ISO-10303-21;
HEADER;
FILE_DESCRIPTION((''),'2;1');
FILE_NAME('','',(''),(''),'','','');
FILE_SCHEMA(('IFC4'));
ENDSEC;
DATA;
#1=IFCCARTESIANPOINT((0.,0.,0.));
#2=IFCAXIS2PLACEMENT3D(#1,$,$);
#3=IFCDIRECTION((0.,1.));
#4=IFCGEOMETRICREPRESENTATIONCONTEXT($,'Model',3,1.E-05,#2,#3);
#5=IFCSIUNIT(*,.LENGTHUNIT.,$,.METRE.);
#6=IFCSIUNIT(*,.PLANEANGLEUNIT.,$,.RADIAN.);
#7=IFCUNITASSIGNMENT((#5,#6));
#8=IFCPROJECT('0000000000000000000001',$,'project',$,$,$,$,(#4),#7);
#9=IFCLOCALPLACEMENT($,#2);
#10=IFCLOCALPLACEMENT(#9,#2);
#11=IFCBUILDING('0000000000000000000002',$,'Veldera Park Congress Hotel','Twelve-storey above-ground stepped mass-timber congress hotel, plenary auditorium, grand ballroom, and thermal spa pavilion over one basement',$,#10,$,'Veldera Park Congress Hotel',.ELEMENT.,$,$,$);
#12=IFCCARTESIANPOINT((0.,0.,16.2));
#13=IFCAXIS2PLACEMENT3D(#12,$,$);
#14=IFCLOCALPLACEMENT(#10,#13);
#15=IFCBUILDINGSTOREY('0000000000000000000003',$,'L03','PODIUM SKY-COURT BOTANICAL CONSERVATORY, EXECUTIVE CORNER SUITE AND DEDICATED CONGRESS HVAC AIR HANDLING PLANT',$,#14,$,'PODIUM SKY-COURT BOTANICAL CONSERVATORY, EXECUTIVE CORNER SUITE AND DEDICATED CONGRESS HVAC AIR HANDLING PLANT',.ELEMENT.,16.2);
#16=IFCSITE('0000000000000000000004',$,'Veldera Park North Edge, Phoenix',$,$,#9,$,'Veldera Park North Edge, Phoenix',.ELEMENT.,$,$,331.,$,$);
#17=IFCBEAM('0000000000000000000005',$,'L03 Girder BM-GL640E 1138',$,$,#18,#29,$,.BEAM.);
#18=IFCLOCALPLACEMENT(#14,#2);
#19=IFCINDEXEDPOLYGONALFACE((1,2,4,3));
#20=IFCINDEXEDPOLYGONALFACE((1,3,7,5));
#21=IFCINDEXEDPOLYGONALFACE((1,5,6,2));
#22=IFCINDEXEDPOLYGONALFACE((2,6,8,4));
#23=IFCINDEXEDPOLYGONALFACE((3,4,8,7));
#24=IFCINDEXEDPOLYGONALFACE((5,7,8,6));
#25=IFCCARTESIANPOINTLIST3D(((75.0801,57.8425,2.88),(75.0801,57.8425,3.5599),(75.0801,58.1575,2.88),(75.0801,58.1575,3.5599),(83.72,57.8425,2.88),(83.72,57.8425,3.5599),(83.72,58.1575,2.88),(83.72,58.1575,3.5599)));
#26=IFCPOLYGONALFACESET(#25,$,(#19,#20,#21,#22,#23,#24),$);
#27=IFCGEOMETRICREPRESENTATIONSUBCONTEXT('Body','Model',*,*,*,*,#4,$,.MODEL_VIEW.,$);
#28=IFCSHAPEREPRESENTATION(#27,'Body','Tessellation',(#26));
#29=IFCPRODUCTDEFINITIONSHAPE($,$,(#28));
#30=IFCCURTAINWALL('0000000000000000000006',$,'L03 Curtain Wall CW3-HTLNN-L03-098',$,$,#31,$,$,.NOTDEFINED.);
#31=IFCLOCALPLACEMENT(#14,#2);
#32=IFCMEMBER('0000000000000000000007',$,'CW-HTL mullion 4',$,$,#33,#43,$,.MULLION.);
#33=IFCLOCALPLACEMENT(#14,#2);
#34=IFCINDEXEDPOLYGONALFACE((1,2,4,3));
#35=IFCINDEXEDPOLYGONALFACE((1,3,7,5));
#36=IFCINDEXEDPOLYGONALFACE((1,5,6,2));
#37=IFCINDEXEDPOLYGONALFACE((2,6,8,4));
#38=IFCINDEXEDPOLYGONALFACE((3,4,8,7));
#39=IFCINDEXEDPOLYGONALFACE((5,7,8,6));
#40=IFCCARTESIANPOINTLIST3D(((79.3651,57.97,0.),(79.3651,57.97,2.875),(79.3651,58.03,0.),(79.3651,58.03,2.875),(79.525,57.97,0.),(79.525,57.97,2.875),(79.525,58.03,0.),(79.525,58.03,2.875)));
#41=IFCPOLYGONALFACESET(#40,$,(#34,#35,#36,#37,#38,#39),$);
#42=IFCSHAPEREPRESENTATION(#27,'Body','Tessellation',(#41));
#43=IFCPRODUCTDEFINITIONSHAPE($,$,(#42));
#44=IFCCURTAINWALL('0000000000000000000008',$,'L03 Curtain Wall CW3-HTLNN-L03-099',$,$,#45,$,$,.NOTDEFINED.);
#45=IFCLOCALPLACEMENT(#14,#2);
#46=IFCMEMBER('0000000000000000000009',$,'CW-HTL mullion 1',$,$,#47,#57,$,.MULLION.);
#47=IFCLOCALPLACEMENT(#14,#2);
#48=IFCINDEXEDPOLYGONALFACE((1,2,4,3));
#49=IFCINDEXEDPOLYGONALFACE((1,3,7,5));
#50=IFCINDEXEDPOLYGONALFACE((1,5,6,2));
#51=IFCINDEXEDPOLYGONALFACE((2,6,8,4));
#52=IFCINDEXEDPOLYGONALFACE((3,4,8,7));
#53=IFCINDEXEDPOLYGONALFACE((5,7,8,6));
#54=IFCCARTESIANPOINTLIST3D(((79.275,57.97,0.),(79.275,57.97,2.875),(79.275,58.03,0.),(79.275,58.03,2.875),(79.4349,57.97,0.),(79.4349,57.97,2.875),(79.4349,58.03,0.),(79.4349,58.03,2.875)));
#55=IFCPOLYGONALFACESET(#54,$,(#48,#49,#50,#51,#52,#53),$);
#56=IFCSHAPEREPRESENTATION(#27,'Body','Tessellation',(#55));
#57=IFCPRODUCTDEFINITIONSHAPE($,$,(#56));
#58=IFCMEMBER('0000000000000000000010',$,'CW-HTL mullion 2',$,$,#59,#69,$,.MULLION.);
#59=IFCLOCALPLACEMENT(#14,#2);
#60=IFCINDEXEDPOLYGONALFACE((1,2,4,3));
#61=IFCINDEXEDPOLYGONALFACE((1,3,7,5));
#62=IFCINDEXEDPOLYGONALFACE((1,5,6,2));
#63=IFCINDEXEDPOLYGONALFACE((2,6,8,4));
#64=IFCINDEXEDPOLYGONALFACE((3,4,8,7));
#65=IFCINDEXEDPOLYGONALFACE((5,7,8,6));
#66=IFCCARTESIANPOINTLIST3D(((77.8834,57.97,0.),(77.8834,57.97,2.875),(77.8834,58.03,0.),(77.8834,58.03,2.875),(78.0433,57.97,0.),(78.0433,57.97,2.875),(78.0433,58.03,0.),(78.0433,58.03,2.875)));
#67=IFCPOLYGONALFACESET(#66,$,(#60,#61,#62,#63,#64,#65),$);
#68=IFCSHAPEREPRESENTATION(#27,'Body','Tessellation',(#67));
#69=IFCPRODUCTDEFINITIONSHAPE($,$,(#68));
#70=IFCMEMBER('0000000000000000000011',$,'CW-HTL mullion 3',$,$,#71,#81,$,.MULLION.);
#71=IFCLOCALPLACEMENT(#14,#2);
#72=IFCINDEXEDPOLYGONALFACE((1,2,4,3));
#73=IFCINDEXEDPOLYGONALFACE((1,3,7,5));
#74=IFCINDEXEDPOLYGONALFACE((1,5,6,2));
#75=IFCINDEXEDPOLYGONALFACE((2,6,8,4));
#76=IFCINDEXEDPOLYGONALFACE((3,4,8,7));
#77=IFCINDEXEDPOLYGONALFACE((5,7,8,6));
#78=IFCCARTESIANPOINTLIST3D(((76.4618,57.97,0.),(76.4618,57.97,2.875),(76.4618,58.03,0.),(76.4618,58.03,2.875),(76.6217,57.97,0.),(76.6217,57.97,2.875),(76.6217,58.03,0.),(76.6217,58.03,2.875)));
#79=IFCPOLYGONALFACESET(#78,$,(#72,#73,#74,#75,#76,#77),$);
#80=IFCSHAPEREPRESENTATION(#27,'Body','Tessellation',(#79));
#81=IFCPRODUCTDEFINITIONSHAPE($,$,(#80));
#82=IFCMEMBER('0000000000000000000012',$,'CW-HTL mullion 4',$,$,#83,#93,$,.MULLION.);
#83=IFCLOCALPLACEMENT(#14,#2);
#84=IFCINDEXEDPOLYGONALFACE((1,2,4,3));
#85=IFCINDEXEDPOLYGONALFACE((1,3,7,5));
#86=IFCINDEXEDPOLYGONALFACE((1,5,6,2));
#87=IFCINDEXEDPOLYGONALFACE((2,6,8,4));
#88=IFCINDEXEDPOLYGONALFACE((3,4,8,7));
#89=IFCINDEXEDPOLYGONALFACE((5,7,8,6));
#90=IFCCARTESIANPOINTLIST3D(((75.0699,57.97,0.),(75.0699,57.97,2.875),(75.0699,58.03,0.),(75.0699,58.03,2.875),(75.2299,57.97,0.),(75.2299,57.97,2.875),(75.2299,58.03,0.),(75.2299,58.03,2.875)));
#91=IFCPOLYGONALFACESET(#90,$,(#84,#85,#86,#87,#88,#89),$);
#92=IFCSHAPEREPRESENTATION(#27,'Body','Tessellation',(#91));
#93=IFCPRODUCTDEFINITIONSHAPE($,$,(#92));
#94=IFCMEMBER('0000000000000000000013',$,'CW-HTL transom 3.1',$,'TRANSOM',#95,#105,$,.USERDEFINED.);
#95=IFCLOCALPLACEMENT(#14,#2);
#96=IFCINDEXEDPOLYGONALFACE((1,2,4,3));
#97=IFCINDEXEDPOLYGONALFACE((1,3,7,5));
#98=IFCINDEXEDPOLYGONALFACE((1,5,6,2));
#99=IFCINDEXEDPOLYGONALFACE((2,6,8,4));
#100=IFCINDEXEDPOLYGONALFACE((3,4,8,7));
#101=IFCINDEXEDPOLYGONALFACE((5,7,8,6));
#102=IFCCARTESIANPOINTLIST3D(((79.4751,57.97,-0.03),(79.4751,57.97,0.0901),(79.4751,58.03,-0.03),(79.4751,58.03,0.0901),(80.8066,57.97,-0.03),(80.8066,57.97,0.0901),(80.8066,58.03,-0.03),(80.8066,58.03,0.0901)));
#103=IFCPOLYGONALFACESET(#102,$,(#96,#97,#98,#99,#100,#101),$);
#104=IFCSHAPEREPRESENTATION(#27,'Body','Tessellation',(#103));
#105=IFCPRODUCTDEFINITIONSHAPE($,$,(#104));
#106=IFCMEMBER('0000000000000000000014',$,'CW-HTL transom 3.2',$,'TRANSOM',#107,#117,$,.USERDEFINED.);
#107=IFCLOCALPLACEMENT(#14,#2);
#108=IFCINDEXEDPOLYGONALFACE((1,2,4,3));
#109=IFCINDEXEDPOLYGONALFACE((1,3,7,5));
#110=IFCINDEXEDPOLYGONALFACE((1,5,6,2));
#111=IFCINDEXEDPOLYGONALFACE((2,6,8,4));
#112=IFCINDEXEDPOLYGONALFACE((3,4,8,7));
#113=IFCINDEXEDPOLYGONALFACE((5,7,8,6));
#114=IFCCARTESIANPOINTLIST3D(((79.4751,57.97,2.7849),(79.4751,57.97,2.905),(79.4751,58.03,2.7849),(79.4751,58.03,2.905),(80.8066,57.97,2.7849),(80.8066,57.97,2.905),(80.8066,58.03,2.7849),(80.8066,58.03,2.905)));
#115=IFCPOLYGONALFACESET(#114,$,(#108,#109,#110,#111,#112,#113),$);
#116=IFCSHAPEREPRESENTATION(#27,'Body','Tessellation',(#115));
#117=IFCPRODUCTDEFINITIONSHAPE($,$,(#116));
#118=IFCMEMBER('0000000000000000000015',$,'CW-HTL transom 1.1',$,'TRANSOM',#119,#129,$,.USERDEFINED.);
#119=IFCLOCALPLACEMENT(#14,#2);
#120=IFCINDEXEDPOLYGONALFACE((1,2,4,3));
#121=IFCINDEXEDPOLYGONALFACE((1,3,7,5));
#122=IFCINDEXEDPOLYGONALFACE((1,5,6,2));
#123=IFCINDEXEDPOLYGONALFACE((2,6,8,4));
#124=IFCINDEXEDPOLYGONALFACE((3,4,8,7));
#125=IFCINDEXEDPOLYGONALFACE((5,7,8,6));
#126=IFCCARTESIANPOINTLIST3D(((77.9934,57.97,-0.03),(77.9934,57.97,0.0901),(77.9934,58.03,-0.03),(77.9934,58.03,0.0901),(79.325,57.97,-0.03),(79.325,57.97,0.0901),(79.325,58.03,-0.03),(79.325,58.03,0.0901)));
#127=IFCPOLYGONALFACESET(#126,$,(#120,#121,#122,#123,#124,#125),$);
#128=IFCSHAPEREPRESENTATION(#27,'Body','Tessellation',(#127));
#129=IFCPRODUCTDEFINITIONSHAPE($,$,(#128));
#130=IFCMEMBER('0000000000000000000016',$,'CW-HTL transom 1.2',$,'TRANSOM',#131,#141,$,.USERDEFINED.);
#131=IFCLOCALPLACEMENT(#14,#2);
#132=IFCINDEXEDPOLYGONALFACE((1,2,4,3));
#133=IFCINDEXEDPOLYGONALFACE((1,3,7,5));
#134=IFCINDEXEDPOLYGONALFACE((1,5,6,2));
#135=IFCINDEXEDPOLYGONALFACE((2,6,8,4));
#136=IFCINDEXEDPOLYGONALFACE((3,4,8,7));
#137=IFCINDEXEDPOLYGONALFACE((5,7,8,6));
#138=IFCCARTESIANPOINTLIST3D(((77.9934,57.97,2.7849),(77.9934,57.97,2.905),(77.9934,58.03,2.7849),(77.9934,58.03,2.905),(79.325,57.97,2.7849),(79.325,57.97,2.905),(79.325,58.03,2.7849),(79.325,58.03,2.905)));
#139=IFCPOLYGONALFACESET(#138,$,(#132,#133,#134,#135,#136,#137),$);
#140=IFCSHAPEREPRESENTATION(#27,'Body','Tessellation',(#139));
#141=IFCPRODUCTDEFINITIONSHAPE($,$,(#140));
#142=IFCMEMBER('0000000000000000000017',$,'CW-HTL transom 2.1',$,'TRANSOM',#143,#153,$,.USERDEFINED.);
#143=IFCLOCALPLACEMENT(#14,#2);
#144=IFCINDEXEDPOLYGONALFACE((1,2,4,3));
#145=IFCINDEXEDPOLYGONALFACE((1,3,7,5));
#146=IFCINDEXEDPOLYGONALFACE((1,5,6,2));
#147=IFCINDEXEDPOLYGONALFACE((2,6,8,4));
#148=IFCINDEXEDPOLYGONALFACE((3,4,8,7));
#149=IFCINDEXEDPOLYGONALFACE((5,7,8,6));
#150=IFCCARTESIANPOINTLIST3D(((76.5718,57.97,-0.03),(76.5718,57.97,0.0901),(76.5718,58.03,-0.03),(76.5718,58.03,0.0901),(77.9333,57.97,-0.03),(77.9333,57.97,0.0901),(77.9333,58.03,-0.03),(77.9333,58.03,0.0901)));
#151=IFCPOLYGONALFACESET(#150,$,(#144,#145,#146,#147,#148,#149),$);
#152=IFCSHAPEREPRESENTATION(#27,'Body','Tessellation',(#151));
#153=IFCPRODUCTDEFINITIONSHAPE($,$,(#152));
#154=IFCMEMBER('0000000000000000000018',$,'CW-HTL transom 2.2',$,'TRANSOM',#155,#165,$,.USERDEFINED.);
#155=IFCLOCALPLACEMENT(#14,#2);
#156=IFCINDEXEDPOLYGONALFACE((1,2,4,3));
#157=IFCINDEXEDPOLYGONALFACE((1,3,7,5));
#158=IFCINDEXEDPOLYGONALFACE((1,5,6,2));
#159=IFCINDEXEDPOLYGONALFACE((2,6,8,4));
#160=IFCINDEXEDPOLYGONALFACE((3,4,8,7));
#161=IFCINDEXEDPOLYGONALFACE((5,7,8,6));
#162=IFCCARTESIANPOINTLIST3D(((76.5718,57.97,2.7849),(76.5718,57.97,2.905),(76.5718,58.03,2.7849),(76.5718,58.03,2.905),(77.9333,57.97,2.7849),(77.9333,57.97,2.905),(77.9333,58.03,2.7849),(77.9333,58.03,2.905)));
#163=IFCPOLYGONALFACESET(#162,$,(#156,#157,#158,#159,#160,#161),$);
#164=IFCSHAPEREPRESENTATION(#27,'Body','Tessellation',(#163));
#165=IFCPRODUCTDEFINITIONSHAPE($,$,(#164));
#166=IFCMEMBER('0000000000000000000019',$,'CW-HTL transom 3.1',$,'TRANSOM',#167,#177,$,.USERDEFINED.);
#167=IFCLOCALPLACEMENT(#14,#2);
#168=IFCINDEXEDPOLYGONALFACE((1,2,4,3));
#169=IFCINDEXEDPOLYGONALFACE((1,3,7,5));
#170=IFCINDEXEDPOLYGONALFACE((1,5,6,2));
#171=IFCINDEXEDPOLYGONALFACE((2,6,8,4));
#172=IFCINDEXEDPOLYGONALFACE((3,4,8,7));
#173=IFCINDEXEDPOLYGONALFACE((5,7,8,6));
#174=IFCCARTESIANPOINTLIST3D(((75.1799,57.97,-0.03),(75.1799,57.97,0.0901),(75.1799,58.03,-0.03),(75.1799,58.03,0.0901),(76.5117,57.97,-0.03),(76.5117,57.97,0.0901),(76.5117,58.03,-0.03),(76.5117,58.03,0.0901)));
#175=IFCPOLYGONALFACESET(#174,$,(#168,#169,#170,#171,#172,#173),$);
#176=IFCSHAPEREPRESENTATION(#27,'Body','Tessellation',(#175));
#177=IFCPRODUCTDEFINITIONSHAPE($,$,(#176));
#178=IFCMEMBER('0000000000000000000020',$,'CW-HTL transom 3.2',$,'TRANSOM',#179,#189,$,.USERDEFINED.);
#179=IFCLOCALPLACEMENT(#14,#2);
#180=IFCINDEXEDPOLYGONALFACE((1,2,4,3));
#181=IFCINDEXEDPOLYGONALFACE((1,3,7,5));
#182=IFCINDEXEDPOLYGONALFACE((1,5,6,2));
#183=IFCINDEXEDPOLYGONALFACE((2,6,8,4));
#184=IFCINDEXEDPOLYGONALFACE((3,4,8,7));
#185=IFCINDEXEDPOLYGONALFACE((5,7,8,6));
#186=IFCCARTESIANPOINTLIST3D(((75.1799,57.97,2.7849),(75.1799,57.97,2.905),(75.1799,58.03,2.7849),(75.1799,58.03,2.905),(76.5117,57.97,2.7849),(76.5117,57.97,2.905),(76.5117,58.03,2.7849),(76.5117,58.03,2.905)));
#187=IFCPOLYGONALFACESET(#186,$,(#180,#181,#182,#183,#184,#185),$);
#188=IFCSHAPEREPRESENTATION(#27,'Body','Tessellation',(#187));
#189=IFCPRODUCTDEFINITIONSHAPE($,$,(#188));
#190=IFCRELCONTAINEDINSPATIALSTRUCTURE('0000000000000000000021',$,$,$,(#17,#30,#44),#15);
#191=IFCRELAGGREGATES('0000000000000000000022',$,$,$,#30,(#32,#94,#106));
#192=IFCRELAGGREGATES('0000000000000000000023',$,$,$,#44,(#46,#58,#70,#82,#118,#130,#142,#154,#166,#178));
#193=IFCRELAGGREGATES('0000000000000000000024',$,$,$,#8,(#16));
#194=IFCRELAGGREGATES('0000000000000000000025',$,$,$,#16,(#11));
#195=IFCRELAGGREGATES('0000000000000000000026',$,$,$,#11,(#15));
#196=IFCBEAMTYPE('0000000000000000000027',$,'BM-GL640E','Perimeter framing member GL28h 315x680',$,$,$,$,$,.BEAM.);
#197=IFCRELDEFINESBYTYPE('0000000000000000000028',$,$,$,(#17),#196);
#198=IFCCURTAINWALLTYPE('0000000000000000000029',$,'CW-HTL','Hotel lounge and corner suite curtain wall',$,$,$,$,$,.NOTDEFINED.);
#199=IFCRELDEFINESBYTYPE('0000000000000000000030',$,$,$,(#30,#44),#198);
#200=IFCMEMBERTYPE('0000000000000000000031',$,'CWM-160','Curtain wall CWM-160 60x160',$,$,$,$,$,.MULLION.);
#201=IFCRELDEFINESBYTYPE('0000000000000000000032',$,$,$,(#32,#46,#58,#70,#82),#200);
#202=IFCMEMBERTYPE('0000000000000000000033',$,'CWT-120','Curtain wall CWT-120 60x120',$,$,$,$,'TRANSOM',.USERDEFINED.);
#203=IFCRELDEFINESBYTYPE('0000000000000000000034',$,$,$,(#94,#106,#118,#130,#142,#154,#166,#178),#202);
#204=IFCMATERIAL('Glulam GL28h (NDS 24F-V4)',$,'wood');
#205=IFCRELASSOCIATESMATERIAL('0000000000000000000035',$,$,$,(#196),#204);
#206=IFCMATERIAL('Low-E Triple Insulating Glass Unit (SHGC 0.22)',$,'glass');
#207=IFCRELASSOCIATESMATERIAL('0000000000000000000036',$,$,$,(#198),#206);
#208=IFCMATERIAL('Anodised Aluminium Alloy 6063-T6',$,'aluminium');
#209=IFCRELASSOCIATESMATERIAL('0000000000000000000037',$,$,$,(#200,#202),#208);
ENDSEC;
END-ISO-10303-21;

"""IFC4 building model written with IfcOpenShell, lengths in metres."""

from ifc_helpers import new_model, si_unit, direction, frame, origin, origin_2d, place, context, subcontext, project, spatial, rectangle, extrude, material, material_profile, profile_set, type_object, element, aggregate, save


model = new_model("IFC4")

# Units and contexts
model_context = context("Model", 3, precision=1e-05, world=origin(), true_north=direction((0.0, 1.0)))
body_context = subcontext(model_context, "Body", "Model", "MODEL_VIEW")
ifc_project = project(units=[si_unit("LENGTHUNIT", "METRE"), si_unit("PLANEANGLEUNIT", "RADIAN")], contexts=[model_context])

# Site, building, storey
site_placement = place(None, origin())
site = spatial("IfcSite", under=ifc_project, at=site_placement, Name="Veldera Park North Edge, Phoenix", LongName="Veldera Park North Edge, Phoenix", CompositionType="ELEMENT", RefElevation=331.0)
building_placement = place(site_placement, origin())
building = spatial("IfcBuilding", under=site, at=building_placement, Name="Veldera Park Congress Hotel", Description="Twelve-storey above-ground stepped mass-timber congress hotel, plenary auditorium, grand ballroom, and thermal spa pavilion over one basement", LongName="Veldera Park Congress Hotel", CompositionType="ELEMENT")
storey_placement = place(building_placement, frame((0.0, 0.0, 16.2)))
storey = spatial("IfcBuildingStorey", under=building, at=storey_placement, Name="L03", Description="PODIUM SKY-COURT BOTANICAL CONSERVATORY, EXECUTIVE CORNER SUITE AND DEDICATED CONGRESS HVAC AIR HANDLING PLANT", LongName="PODIUM SKY-COURT BOTANICAL CONSERVATORY, EXECUTIVE CORNER SUITE AND DEDICATED CONGRESS HVAC AIR HANDLING PLANT", CompositionType="ELEMENT", Elevation=16.2)

# Beam
ifc_material_1 = material(Name="Glulam GL28h (NDS 24F-V4)", Category="wood")
ifc_material_profile_1 = material_profile(ifc_material_1, rectangle(XDim=0.3149, YDim=0.6799, at=origin_2d()), Name="GL28h 315x680")
ifc_profile_set_1 = profile_set([ifc_material_profile_1], Name="Glulam GL28h (NDS 24F-V4)")
beam_type = type_object("IfcBeamType", Name="BM-GL640E", Description="Perimeter framing member GL28h 315x680", PredefinedType="BEAM", material=ifc_profile_set_1)
beam_placement = place(storey_placement, frame((75.0801, 58.0, 3.22), z_axis=(1.0, 0.0, 0.0), x_axis=(0.0, 1.0, 0.0)))
element("IfcBeam", 1, at=beam_placement, inside=storey, type_object=beam_type, Name="L03 Girder BM-GL640E 1138", PredefinedType="BEAM", context=body_context, shape_type="SweptSolid", body=[
    extrude(rectangle(XDim=0.3149, YDim=0.6799, at=origin_2d()), origin(), (0.0, 0.0, 1.0), 8.6399),
])

# Curtain wall, member
ifc_material_2 = material(Name="Low-E Triple Insulating Glass Unit (SHGC 0.22)", Category="glass")
curtain_wall_type = type_object("IfcCurtainWallType", Name="CW-HTL", Description="Hotel lounge and corner suite curtain wall", PredefinedType="NOTDEFINED", material=ifc_material_2)
curtain_wall_1_placement = place(storey_placement, origin())
curtain_wall_1 = element("IfcCurtainWall", 2, at=curtain_wall_1_placement, inside=storey, type_object=curtain_wall_type, Name="L03 Curtain Wall CW3-HTLNN-L03-098", PredefinedType="NOTDEFINED")
ifc_material_3 = material(Name="Anodised Aluminium Alloy 6063-T6", Category="aluminium")
ifc_material_profile_2 = material_profile(ifc_material_3, rectangle(XDim=0.0601, YDim=0.1599, at=origin_2d()), Name="ALU 60x160")
ifc_profile_set_2 = profile_set([ifc_material_profile_2], Name="Anodised Aluminium Alloy 6063-T6")
member_type_1 = type_object("IfcMemberType", Name="CWM-160", Description="Curtain wall CWM-160 60x160", PredefinedType="MULLION", material=ifc_profile_set_2)
member_1_placement = place(storey_placement, frame((79.4451, 58.0, 0.0), z_axis=(0.0, 0.0, 1.0), x_axis=(0.0, -1.0, 0.0)))
member_1 = element("IfcMember", 3, at=member_1_placement, type_object=member_type_1, Name="CW-HTL mullion 4", PredefinedType="MULLION", context=body_context, shape_type="SweptSolid", body=[
    extrude(rectangle(XDim=0.0601, YDim=0.1599, at=origin_2d()), origin(), (0.0, 0.0, 1.0), 2.875),
])

# Curtain wall, members
curtain_wall_2_placement = place(storey_placement, origin())
curtain_wall_2 = element("IfcCurtainWall", 4, at=curtain_wall_2_placement, inside=storey, type_object=curtain_wall_type, Name="L03 Curtain Wall CW3-HTLNN-L03-099", PredefinedType="NOTDEFINED")
member_2_placement = place(storey_placement, frame((79.355, 58.0, 0.0), z_axis=(0.0, 0.0, 1.0), x_axis=(0.0, -1.0, 0.0)))
member_2 = element("IfcMember", 5, at=member_2_placement, type_object=member_type_1, Name="CW-HTL mullion 1", PredefinedType="MULLION", context=body_context, shape_type="SweptSolid", body=[
    extrude(rectangle(XDim=0.0601, YDim=0.1599, at=origin_2d()), origin(), (0.0, 0.0, 1.0), 2.875),
])
member_3_placement = place(storey_placement, frame((77.9634, 58.0, 0.0), z_axis=(0.0, 0.0, 1.0), x_axis=(0.0, -1.0, 0.0)))
member_3 = element("IfcMember", 6, at=member_3_placement, type_object=member_type_1, Name="CW-HTL mullion 2", PredefinedType="MULLION", context=body_context, shape_type="SweptSolid", body=[
    extrude(rectangle(XDim=0.0601, YDim=0.1599, at=origin_2d()), origin(), (0.0, 0.0, 1.0), 2.875),
])
member_4_placement = place(storey_placement, frame((76.5417, 58.0, 0.0), z_axis=(0.0, 0.0, 1.0), x_axis=(0.0, -1.0, 0.0)))
member_4 = element("IfcMember", 7, at=member_4_placement, type_object=member_type_1, Name="CW-HTL mullion 3", PredefinedType="MULLION", context=body_context, shape_type="SweptSolid", body=[
    extrude(rectangle(XDim=0.0601, YDim=0.1599, at=origin_2d()), origin(), (0.0, 0.0, 1.0), 2.875),
])
member_5_placement = place(storey_placement, frame((75.1499, 58.0, 0.0), z_axis=(0.0, 0.0, 1.0), x_axis=(0.0, -1.0, 0.0)))
member_5 = element("IfcMember", 8, at=member_5_placement, type_object=member_type_1, Name="CW-HTL mullion 4", PredefinedType="MULLION", context=body_context, shape_type="SweptSolid", body=[
    extrude(rectangle(XDim=0.0601, YDim=0.1599, at=origin_2d()), origin(), (0.0, 0.0, 1.0), 2.875),
])

# Members
ifc_material_profile_3 = material_profile(ifc_material_3, rectangle(XDim=0.0601, YDim=0.1201, at=origin_2d()), Name="ALU 60x120")
ifc_profile_set_3 = profile_set([ifc_material_profile_3], Name="Anodised Aluminium Alloy 6063-T6")
member_type_2 = type_object("IfcMemberType", Name="CWT-120", Description="Curtain wall CWT-120 60x120", ElementType="TRANSOM", PredefinedType="USERDEFINED", material=ifc_profile_set_3)
member_6_placement = place(storey_placement, frame((80.8066, 58.0, 0.03), z_axis=(-1.0, 0.0, 0.0), x_axis=(0.0, -1.0, 0.0)))
member_6 = element("IfcMember", 9, at=member_6_placement, type_object=member_type_2, Name="CW-HTL transom 3.1", ObjectType="TRANSOM", PredefinedType="USERDEFINED", context=body_context, shape_type="SweptSolid", body=[
    extrude(rectangle(XDim=0.0601, YDim=0.1201, at=origin_2d()), origin(), (0.0, 0.0, 1.0), 1.3315),
])
member_7_placement = place(storey_placement, frame((80.8066, 58.0, 2.845), z_axis=(-1.0, 0.0, 0.0), x_axis=(0.0, -1.0, 0.0)))
member_7 = element("IfcMember", 10, at=member_7_placement, type_object=member_type_2, Name="CW-HTL transom 3.2", ObjectType="TRANSOM", PredefinedType="USERDEFINED", context=body_context, shape_type="SweptSolid", body=[
    extrude(rectangle(XDim=0.0601, YDim=0.1201, at=origin_2d()), origin(), (0.0, 0.0, 1.0), 1.3315),
])
member_8_placement = place(storey_placement, frame((79.325, 58.0, 0.03), z_axis=(-1.0, 0.0, 0.0), x_axis=(0.0, -1.0, 0.0)))
member_8 = element("IfcMember", 11, at=member_8_placement, type_object=member_type_2, Name="CW-HTL transom 1.1", ObjectType="TRANSOM", PredefinedType="USERDEFINED", context=body_context, shape_type="SweptSolid", body=[
    extrude(rectangle(XDim=0.0601, YDim=0.1201, at=origin_2d()), origin(), (0.0, 0.0, 1.0), 1.3315),
])
member_9_placement = place(storey_placement, frame((79.325, 58.0, 2.845), z_axis=(-1.0, 0.0, 0.0), x_axis=(0.0, -1.0, 0.0)))
member_9 = element("IfcMember", 12, at=member_9_placement, type_object=member_type_2, Name="CW-HTL transom 1.2", ObjectType="TRANSOM", PredefinedType="USERDEFINED", context=body_context, shape_type="SweptSolid", body=[
    extrude(rectangle(XDim=0.0601, YDim=0.1201, at=origin_2d()), origin(), (0.0, 0.0, 1.0), 1.3315),
])
member_10_placement = place(storey_placement, frame((77.9333, 58.0, 0.03), z_axis=(-1.0, 0.0, 0.0), x_axis=(0.0, -1.0, 0.0)))
member_10 = element("IfcMember", 13, at=member_10_placement, type_object=member_type_2, Name="CW-HTL transom 2.1", ObjectType="TRANSOM", PredefinedType="USERDEFINED", context=body_context, shape_type="SweptSolid", body=[
    extrude(rectangle(XDim=0.0601, YDim=0.1201, at=origin_2d()), origin(), (0.0, 0.0, 1.0), 1.3616),
])
member_11_placement = place(storey_placement, frame((77.9333, 58.0, 2.845), z_axis=(-1.0, 0.0, 0.0), x_axis=(0.0, -1.0, 0.0)))
member_11 = element("IfcMember", 14, at=member_11_placement, type_object=member_type_2, Name="CW-HTL transom 2.2", ObjectType="TRANSOM", PredefinedType="USERDEFINED", context=body_context, shape_type="SweptSolid", body=[
    extrude(rectangle(XDim=0.0601, YDim=0.1201, at=origin_2d()), origin(), (0.0, 0.0, 1.0), 1.3616),
])
member_12_placement = place(storey_placement, frame((76.5117, 58.0, 0.03), z_axis=(-1.0, 0.0, 0.0), x_axis=(0.0, -1.0, 0.0)))
member_12 = element("IfcMember", 15, at=member_12_placement, type_object=member_type_2, Name="CW-HTL transom 3.1", ObjectType="TRANSOM", PredefinedType="USERDEFINED", context=body_context, shape_type="SweptSolid", body=[
    extrude(rectangle(XDim=0.0601, YDim=0.1201, at=origin_2d()), origin(), (0.0, 0.0, 1.0), 1.3318),
])
member_13_placement = place(storey_placement, frame((76.5117, 58.0, 2.845), z_axis=(-1.0, 0.0, 0.0), x_axis=(0.0, -1.0, 0.0)))
member_13 = element("IfcMember", 16, at=member_13_placement, type_object=member_type_2, Name="CW-HTL transom 3.2", ObjectType="TRANSOM", PredefinedType="USERDEFINED", context=body_context, shape_type="SweptSolid", body=[
    extrude(rectangle(XDim=0.0601, YDim=0.1201, at=origin_2d()), origin(), (0.0, 0.0, 1.0), 1.3318),
])

aggregate(curtain_wall_1, [member_1, member_6, member_7])
aggregate(curtain_wall_2, [member_2, member_3, member_4, member_5, member_8, member_9, member_10, member_11, member_12, member_13])

save(model, "model.ifc")
